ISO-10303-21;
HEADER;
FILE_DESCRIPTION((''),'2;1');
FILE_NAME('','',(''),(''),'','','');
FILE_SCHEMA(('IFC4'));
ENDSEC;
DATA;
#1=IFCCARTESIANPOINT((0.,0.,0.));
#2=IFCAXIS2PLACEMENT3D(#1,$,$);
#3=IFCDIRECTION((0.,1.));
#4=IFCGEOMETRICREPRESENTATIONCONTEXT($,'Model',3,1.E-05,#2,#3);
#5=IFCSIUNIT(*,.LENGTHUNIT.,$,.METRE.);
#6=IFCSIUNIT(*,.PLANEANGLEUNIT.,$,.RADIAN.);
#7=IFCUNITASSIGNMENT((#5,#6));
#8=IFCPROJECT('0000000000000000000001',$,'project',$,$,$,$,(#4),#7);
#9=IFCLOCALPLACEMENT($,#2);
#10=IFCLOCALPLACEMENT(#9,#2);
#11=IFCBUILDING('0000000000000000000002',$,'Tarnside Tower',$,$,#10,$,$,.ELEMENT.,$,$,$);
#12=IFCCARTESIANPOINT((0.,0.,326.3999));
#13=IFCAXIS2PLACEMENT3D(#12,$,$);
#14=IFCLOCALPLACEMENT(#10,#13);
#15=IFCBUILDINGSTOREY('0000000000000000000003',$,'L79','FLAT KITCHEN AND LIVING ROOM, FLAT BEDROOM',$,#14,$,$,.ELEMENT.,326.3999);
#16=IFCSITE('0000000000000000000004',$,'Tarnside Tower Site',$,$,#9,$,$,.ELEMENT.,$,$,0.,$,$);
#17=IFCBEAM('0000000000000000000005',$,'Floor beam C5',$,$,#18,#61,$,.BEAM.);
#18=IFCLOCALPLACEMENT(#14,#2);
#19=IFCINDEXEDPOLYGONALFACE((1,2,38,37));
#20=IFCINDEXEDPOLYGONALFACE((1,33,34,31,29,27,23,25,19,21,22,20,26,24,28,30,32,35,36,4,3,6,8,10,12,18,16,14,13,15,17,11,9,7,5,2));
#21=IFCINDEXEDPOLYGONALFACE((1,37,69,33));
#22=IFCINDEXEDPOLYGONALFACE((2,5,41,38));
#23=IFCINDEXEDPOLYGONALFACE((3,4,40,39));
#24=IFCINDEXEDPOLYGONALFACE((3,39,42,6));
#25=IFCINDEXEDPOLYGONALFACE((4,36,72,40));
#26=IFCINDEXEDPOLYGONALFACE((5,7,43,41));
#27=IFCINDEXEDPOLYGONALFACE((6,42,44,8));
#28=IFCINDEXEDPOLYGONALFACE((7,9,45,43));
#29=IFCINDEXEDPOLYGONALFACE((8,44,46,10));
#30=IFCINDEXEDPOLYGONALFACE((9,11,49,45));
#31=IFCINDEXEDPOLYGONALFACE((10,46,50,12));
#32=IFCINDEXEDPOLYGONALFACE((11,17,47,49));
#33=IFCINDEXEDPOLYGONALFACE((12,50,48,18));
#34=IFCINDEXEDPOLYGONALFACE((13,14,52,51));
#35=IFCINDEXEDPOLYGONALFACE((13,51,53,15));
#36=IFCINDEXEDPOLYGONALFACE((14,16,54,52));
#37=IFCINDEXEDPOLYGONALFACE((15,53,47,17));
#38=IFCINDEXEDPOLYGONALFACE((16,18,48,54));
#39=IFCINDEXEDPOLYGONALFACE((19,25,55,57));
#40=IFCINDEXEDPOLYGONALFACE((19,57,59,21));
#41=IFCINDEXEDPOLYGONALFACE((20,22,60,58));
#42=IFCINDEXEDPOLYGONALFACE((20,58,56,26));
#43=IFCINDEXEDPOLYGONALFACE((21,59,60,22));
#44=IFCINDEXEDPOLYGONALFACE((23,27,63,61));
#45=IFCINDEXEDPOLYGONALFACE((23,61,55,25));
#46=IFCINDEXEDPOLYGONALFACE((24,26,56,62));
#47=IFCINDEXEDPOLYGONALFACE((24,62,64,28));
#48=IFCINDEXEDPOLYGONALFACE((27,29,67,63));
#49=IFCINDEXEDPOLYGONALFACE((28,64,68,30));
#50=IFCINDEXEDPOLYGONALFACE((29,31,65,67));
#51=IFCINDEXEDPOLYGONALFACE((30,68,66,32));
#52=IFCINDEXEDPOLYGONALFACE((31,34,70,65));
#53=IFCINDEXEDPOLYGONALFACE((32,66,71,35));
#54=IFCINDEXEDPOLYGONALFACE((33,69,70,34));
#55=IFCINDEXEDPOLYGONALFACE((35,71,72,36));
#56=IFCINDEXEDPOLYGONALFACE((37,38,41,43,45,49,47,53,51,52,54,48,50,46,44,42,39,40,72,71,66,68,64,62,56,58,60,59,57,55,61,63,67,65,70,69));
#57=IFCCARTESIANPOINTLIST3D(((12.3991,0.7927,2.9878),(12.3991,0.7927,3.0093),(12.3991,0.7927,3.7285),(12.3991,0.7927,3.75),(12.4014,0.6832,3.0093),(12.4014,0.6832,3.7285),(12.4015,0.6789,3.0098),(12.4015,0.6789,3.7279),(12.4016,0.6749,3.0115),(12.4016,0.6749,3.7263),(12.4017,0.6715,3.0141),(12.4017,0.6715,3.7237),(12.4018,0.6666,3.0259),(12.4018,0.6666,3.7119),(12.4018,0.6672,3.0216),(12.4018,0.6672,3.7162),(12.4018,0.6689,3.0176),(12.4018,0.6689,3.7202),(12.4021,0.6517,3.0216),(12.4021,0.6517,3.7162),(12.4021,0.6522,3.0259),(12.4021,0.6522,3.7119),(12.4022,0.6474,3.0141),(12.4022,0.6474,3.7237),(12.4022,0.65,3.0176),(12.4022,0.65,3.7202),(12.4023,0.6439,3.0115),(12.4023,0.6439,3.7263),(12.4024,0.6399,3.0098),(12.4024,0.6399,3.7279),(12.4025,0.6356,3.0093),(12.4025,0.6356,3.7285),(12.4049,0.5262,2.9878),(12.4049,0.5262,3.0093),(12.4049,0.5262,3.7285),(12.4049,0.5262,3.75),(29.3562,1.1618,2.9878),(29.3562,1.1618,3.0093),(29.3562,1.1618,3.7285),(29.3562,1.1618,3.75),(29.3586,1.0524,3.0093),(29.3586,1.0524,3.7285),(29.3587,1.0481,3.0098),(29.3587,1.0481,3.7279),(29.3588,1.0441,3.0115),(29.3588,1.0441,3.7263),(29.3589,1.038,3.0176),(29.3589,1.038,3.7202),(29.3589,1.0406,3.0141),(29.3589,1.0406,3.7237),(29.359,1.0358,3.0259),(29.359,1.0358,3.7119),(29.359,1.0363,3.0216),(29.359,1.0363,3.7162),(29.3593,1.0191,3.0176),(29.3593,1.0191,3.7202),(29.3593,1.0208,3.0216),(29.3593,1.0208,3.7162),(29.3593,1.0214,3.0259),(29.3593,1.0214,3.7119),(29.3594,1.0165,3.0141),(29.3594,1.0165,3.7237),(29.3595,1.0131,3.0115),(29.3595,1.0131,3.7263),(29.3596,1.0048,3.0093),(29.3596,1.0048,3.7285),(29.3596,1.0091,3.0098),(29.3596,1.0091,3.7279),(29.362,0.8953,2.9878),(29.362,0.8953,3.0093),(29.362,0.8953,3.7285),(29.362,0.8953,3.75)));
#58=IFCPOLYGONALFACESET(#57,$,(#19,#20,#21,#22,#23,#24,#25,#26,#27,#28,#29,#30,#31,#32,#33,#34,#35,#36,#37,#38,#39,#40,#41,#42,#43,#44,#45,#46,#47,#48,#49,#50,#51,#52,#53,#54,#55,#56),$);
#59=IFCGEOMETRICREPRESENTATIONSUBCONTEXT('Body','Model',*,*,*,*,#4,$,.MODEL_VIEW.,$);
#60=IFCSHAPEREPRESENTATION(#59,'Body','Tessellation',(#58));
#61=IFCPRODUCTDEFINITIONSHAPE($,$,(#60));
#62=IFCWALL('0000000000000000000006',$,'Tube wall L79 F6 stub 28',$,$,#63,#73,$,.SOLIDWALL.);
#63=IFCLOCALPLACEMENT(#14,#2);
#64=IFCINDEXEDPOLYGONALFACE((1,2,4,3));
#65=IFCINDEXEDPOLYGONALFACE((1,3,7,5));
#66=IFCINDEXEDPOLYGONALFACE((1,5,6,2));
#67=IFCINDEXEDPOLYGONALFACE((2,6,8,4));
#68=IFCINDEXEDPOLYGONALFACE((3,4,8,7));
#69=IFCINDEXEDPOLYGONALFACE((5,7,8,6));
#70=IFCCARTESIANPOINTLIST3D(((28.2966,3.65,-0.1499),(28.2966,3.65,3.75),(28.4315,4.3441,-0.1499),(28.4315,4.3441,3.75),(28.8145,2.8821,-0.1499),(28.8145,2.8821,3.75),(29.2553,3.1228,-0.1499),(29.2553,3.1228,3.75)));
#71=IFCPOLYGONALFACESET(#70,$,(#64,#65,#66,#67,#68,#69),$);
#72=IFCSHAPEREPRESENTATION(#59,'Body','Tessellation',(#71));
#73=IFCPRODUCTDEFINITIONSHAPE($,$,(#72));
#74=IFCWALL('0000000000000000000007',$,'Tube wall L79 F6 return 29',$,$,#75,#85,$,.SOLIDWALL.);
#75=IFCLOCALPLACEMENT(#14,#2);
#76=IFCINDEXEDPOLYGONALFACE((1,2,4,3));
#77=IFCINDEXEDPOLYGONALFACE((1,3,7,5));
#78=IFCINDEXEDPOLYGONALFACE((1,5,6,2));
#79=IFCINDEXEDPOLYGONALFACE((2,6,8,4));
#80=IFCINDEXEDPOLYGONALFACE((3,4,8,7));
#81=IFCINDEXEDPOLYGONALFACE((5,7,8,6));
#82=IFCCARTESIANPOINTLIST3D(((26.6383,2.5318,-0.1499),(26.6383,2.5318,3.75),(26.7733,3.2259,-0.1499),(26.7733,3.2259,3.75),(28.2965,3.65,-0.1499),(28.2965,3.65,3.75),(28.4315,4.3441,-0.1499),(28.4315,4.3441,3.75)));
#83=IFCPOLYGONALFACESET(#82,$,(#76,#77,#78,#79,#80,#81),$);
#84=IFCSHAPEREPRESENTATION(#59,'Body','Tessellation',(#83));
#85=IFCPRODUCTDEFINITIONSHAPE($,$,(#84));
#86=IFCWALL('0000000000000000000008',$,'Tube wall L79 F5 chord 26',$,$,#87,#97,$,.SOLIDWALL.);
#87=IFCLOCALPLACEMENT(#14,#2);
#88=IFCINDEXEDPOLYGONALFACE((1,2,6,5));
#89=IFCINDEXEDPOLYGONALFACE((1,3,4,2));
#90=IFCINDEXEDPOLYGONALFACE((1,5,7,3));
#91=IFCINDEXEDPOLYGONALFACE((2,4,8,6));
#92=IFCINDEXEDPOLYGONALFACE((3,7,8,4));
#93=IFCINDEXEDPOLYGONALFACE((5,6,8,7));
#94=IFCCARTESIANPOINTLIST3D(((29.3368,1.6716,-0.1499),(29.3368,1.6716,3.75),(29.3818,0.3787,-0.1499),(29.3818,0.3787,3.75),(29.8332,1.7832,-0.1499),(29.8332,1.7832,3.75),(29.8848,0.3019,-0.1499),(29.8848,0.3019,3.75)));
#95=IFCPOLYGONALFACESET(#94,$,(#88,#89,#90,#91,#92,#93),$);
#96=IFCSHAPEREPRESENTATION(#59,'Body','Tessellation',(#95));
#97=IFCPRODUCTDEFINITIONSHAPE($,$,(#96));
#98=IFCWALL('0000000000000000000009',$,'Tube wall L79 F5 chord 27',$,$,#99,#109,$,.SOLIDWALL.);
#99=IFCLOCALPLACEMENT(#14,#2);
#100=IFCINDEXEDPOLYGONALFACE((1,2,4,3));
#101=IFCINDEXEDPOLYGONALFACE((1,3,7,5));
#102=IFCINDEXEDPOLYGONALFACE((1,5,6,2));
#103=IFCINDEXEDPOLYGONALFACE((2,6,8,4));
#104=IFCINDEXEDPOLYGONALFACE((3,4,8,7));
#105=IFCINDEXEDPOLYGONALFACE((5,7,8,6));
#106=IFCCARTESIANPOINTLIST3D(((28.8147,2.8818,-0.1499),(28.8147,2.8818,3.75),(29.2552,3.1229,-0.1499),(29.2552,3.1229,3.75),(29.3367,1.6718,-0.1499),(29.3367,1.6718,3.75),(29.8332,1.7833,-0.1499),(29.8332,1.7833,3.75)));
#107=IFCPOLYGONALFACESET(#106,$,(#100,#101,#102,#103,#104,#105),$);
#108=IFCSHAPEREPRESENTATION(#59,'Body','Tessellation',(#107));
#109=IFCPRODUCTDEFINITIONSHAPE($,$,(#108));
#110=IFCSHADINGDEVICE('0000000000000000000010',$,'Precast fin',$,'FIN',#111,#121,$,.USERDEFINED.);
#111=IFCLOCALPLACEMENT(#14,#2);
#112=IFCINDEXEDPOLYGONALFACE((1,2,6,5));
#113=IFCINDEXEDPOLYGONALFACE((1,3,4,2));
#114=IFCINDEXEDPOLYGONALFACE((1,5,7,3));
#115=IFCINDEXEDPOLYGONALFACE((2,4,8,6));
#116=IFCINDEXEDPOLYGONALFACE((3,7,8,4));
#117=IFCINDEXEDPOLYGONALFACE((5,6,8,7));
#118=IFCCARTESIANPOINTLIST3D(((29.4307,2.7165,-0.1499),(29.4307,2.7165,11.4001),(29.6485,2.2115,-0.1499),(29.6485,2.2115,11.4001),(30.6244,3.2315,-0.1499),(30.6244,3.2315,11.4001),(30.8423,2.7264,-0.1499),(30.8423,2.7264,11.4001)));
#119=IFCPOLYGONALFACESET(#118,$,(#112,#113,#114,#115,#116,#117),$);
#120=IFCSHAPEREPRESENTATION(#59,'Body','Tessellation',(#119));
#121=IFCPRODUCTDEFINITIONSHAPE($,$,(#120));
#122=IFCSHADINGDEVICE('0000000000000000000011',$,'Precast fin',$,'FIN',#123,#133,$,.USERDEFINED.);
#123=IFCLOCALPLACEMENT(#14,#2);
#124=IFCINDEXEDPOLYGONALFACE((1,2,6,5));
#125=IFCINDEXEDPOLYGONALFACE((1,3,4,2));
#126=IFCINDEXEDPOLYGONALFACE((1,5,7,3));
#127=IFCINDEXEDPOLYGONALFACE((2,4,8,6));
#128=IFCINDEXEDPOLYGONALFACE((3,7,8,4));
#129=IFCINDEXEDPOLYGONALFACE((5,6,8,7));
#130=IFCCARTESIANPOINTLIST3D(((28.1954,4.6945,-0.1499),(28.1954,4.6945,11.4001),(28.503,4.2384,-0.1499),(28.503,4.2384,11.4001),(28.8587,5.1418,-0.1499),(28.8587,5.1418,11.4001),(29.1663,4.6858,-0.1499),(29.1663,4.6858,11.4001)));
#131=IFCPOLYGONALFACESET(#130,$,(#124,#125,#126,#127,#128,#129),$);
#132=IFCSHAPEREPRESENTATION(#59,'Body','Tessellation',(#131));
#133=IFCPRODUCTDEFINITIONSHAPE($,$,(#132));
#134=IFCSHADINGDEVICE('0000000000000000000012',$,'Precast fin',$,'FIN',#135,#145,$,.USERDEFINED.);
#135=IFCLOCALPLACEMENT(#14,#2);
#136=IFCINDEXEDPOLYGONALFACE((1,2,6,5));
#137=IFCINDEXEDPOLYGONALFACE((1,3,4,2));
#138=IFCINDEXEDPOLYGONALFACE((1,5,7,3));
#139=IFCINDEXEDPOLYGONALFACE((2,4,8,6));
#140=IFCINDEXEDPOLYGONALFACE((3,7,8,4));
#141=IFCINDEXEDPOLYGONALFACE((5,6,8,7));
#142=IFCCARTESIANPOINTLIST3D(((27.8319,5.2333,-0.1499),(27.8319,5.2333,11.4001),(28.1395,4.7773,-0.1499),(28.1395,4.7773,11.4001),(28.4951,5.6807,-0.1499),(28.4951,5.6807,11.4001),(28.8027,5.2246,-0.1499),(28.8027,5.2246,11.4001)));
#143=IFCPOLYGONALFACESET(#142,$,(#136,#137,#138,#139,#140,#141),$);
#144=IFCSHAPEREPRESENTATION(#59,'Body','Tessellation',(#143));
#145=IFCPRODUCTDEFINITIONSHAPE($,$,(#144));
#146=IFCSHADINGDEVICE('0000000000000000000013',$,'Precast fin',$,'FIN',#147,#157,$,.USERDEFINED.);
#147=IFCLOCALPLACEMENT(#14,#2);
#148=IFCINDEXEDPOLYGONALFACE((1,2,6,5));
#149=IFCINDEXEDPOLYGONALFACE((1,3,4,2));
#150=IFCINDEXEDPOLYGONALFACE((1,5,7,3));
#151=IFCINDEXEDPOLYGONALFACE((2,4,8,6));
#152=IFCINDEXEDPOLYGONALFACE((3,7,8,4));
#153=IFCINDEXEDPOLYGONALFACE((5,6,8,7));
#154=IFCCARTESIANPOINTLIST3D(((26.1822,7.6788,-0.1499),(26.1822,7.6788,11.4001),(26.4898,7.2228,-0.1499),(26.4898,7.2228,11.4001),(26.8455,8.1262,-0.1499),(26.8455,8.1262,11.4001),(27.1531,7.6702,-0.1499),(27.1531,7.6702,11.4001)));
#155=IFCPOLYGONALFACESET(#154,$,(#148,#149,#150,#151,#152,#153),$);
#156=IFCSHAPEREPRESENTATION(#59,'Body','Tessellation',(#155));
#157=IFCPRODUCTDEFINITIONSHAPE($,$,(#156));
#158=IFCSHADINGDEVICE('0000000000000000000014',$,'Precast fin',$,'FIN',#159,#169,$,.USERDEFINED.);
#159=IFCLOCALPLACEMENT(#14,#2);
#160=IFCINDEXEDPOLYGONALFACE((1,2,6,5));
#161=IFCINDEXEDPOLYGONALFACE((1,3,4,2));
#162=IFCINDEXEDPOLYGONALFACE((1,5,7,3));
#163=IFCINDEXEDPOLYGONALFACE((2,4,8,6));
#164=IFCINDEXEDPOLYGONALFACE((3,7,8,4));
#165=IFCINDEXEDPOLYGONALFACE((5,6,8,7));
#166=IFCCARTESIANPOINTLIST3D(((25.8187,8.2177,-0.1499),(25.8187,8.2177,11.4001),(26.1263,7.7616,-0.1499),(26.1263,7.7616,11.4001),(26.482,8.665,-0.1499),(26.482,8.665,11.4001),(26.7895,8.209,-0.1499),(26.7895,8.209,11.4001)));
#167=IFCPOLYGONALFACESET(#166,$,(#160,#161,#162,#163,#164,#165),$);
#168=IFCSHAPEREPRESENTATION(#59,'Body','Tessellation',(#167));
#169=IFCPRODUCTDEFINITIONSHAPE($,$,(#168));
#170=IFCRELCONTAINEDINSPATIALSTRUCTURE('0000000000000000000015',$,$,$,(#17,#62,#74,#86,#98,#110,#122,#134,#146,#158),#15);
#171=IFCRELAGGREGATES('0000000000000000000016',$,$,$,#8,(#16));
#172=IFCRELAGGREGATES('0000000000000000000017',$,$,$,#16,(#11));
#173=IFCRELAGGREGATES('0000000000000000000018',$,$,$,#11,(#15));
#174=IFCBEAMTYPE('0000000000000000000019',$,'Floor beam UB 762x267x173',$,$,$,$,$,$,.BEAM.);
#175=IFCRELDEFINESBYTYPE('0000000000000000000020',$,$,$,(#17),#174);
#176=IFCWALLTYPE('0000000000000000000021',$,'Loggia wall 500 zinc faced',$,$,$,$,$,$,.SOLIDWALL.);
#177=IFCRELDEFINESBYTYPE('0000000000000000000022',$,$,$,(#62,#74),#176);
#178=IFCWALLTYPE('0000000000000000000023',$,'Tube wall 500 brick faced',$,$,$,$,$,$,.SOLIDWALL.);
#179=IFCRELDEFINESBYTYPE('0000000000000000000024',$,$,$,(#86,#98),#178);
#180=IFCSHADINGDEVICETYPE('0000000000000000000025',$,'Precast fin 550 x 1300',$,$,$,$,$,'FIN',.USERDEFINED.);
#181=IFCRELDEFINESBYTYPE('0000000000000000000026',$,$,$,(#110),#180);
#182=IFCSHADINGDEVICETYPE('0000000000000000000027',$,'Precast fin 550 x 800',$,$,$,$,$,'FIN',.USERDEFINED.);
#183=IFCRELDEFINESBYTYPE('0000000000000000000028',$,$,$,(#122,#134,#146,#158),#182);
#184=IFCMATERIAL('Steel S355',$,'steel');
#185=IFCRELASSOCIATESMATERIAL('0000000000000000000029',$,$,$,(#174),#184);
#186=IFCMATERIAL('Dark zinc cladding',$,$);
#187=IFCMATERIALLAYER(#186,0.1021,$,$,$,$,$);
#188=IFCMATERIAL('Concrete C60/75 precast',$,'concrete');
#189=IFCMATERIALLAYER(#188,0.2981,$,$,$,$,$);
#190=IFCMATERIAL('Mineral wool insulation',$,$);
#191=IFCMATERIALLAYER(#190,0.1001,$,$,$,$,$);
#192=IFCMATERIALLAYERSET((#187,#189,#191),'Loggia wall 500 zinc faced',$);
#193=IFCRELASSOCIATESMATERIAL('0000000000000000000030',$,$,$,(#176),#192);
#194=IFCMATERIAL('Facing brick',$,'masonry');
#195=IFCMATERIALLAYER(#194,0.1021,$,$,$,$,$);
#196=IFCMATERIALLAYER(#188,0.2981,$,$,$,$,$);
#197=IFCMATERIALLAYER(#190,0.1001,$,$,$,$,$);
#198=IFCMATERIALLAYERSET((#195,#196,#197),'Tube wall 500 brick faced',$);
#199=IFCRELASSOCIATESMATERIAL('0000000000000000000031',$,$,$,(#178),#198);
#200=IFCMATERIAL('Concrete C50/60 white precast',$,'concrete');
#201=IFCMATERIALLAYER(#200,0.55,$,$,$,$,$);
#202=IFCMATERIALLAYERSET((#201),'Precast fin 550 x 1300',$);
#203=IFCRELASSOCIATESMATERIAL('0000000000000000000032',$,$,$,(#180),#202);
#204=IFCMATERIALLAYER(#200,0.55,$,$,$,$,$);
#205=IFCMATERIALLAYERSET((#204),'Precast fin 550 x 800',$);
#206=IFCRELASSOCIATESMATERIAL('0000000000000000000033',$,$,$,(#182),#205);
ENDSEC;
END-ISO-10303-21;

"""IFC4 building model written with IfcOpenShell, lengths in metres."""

from ifc_helpers import new_model, si_unit, direction, frame, origin, origin_2d, place, context, subcontext, project, spatial, polyline, i_section, outline, extrude, material, layer, layer_set, material_profile, profile_set, type_object, element, save


model = new_model("IFC4")

# Units and contexts
model_context = context("Model", 3, precision=1e-05, world=origin(), true_north=direction((0.0, 1.0)))
body_context = subcontext(model_context, "Body", "Model", "MODEL_VIEW")
ifc_project = project(units=[si_unit("LENGTHUNIT", "METRE"), si_unit("PLANEANGLEUNIT", "RADIAN")], contexts=[model_context])

# Site, building, storey
site_placement = place(None, origin())
site = spatial("IfcSite", under=ifc_project, at=site_placement, Name="Tarnside Tower Site", CompositionType="ELEMENT", RefElevation=0.0)
building_placement = place(site_placement, origin())
building = spatial("IfcBuilding", under=site, at=building_placement, Name="Tarnside Tower", CompositionType="ELEMENT")
storey_placement = place(building_placement, frame((0.0, 0.0, 326.3999)))
storey = spatial("IfcBuildingStorey", under=building, at=storey_placement, Name="L79", Description="FLAT KITCHEN AND LIVING ROOM, FLAT BEDROOM", CompositionType="ELEMENT", Elevation=326.3999)

# Beam
ifc_material_1 = material(Name="Steel S355", Category="steel")
ifc_material_profile = material_profile(ifc_material_1, i_section(OverallWidth=0.2666, OverallDepth=0.7622, WebThickness=0.0144, FlangeThickness=0.0215, FilletRadius=0.0166, at=origin_2d()), Name="UB 762x267x173")
ifc_profile_set = profile_set([ifc_material_profile], Name="Steel S355")
beam_type = type_object("IfcBeamType", Name="Floor beam UB 762x267x173", PredefinedType="BEAM", material=ifc_profile_set)
beam_placement = place(storey_placement, frame((29.3591, 1.0286, 3.3689), z_axis=(-0.999763, -0.021764, 0.0), x_axis=(0.021764, -0.999763, 0.0)))
element("IfcBeam", 1, at=beam_placement, inside=storey, type_object=beam_type, Name="Floor beam C5", PredefinedType="BEAM", context=body_context, shape_type="SweptSolid", body=[
    extrude(i_section(OverallWidth=0.2666, OverallDepth=0.7622, WebThickness=0.0144, FlangeThickness=0.0215, FilletRadius=0.0166, at=origin_2d()), origin(), (0.0, 0.0, 1.0), 16.9612),
])

# Walls
ifc_material_2 = material(Name="Dark zinc cladding")
ifc_layer_1 = layer(ifc_material_2, 0.1021)
ifc_material_3 = material(Name="Concrete C60/75 precast", Category="concrete")
ifc_layer_2 = layer(ifc_material_3, 0.2981)
ifc_material_4 = material(Name="Mineral wool insulation")
ifc_layer_3 = layer(ifc_material_4, 0.1001)
ifc_layer_set_1 = layer_set([ifc_layer_1, ifc_layer_2, ifc_layer_3], Name="Loggia wall 500 zinc faced")
wall_type_1 = type_object("IfcWallType", Name="Loggia wall 500 zinc faced", PredefinedType="SOLIDWALL", material=ifc_layer_set_1)
wall_1_placement = place(storey_placement, frame((29.0349, 3.0024, -0.1499), z_axis=(0.0, 0.0, 1.0), x_axis=(-0.5592, 0.829033, 0.0)))
element("IfcWall", 2, at=wall_1_placement, inside=storey, type_object=wall_type_1, Name="Tube wall L79 F6 stub 28", PredefinedType="SOLIDWALL", context=body_context, shape_type="SweptSolid", body=[
    extrude(outline(polyline([(-0.0234, -0.25), (1.4497, -0.25), (0.9497, 0.25), (0.0234, 0.25), (-0.0234, -0.25)])), origin(), (0.0, 0.0, 1.0), 3.8999),
])
wall_2_placement = place(storey_placement, frame((28.364, 3.9971, -0.1499), z_axis=(0.0, 0.0, 1.0), x_axis=(-0.829109, -0.559087, 0.0)))
element("IfcWall", 3, at=wall_2_placement, inside=storey, type_object=wall_type_1, Name="Tube wall L79 F6 return 29", PredefinedType="SOLIDWALL", context=body_context, shape_type="SweptSolid", body=[
    extrude(outline(polyline([(-0.25, -0.25), (1.75, -0.25), (2.25, 0.25), (0.25, 0.25), (-0.25, -0.25)])), origin(), (0.0, 0.0, 1.0), 3.8999),
])

# Walls
ifc_material_5 = material(Name="Facing brick", Category="masonry")
ifc_layer_4 = layer(ifc_material_5, 0.1021)
ifc_layer_5 = layer(ifc_material_3, 0.2981)
ifc_layer_6 = layer(ifc_material_4, 0.1001)
ifc_layer_set_2 = layer_set([ifc_layer_4, ifc_layer_5, ifc_layer_6], Name="Tube wall 500 brick faced")
wall_type_2 = type_object("IfcWallType", Name="Tube wall 500 brick faced", PredefinedType="SOLIDWALL", material=ifc_layer_set_2)
wall_3_placement = place(storey_placement, frame((29.6333, 0.3403, -0.1499), z_axis=(0.0, 0.0, 1.0), x_axis=(-0.034826, 0.999393, 0.0)))
element("IfcWall", 4, at=wall_3_placement, inside=storey, type_object=wall_type_2, Name="Tube wall L79 F5 chord 26", PredefinedType="SOLIDWALL", context=body_context, shape_type="SweptSolid", body=[
    extrude(outline(polyline([(-0.0471, -0.25), (1.4351, -0.25), (1.3408, 0.25), (0.0471, 0.25), (-0.0471, -0.25)])), origin(), (0.0, 0.0, 1.0), 3.8999),
])
wall_4_placement = place(storey_placement, frame((29.585, 1.7275, -0.1499), z_axis=(0.0, 0.0, 1.0), x_axis=(-0.396146, 0.918187, 0.0)))
element("IfcWall", 5, at=wall_4_placement, inside=storey, type_object=wall_type_2, Name="Tube wall L79 F5 chord 27", PredefinedType="SOLIDWALL", context=body_context, shape_type="SweptSolid", body=[
    extrude(outline(polyline([(-0.0471, -0.25), (1.4119, -0.25), (1.365, 0.25), (0.0471, 0.25), (-0.0471, -0.25)])), origin(), (0.0, 0.0, 1.0), 3.8999),
])

# Shading devices
ifc_material_6 = material(Name="Concrete C50/60 white precast", Category="concrete")
ifc_layer_7 = layer(ifc_material_6, 0.55)
ifc_layer_set_3 = layer_set([ifc_layer_7], Name="Precast fin 550 x 1300")
shading_device_type_1 = type_object("IfcShadingDeviceType", Name="Precast fin 550 x 1300", ElementType="FIN", PredefinedType="USERDEFINED", material=ifc_layer_set_3)
shading_device_placement = place(storey_placement, frame((29.5396, 2.4641, -0.1499), z_axis=(0.39608, -0.918216, 0.0), x_axis=(0.918216, 0.39608, 0.0)))
element("IfcShadingDevice", 6, at=shading_device_placement, inside=storey, type_object=shading_device_type_1, Name="Precast fin", ObjectType="FIN", PredefinedType="USERDEFINED", context=body_context, shape_type="SweptSolid", body=[
    extrude(outline(polyline([(0.0, 0.0), (1.3, 0.0), (1.3, 11.55), (0.0, 11.55), (0.0, 0.0)])), frame((0.0, 0.0, -0.2749)), (0.0, 0.0, 1.0), 0.55),
])
ifc_layer_8 = layer(ifc_material_6, 0.55)
ifc_layer_set_4 = layer_set([ifc_layer_8], Name="Precast fin 550 x 800")
shading_device_type_2 = type_object("IfcShadingDeviceType", Name="Precast fin 550 x 800", ElementType="FIN", PredefinedType="USERDEFINED", material=ifc_layer_set_4)
for number, where, z_axis, x_axis, name in (
    (7, (28.3491, 4.4666, -0.1499), (0.559193, -0.829038, 0.0), (0.829038, 0.559193, 0.0), "Precast fin"),
    (8, (27.9856, 5.0054, -0.1499), (0.559193, -0.829038, 0.0), (0.829038, 0.559193, 0.0), "Precast fin"),
    (9, (26.3359, 7.4509, -0.1499), (0.559193, -0.829038, 0.0), (0.829038, 0.559193, 0.0), "Precast fin"),
    (10, (25.9724, 7.9897, -0.1499), (0.559193, -0.829038, 0.0), (0.829038, 0.559193, 0.0), "Precast fin"),
):
    element("IfcShadingDevice", number, at=place(storey_placement, frame(where, z_axis=z_axis, x_axis=x_axis)), inside=storey, type_object=shading_device_type_2, Name=name, ObjectType="FIN", PredefinedType="USERDEFINED", context=body_context, shape_type="SweptSolid", body=[
        extrude(outline(polyline([(0.0, 0.0), (0.8, 0.0), (0.8, 11.55), (0.0, 11.55), (0.0, 0.0)])), frame((0.0, 0.0, -0.2749)), (0.0, 0.0, 1.0), 0.55),
    ])

save(model, "model.ifc")
